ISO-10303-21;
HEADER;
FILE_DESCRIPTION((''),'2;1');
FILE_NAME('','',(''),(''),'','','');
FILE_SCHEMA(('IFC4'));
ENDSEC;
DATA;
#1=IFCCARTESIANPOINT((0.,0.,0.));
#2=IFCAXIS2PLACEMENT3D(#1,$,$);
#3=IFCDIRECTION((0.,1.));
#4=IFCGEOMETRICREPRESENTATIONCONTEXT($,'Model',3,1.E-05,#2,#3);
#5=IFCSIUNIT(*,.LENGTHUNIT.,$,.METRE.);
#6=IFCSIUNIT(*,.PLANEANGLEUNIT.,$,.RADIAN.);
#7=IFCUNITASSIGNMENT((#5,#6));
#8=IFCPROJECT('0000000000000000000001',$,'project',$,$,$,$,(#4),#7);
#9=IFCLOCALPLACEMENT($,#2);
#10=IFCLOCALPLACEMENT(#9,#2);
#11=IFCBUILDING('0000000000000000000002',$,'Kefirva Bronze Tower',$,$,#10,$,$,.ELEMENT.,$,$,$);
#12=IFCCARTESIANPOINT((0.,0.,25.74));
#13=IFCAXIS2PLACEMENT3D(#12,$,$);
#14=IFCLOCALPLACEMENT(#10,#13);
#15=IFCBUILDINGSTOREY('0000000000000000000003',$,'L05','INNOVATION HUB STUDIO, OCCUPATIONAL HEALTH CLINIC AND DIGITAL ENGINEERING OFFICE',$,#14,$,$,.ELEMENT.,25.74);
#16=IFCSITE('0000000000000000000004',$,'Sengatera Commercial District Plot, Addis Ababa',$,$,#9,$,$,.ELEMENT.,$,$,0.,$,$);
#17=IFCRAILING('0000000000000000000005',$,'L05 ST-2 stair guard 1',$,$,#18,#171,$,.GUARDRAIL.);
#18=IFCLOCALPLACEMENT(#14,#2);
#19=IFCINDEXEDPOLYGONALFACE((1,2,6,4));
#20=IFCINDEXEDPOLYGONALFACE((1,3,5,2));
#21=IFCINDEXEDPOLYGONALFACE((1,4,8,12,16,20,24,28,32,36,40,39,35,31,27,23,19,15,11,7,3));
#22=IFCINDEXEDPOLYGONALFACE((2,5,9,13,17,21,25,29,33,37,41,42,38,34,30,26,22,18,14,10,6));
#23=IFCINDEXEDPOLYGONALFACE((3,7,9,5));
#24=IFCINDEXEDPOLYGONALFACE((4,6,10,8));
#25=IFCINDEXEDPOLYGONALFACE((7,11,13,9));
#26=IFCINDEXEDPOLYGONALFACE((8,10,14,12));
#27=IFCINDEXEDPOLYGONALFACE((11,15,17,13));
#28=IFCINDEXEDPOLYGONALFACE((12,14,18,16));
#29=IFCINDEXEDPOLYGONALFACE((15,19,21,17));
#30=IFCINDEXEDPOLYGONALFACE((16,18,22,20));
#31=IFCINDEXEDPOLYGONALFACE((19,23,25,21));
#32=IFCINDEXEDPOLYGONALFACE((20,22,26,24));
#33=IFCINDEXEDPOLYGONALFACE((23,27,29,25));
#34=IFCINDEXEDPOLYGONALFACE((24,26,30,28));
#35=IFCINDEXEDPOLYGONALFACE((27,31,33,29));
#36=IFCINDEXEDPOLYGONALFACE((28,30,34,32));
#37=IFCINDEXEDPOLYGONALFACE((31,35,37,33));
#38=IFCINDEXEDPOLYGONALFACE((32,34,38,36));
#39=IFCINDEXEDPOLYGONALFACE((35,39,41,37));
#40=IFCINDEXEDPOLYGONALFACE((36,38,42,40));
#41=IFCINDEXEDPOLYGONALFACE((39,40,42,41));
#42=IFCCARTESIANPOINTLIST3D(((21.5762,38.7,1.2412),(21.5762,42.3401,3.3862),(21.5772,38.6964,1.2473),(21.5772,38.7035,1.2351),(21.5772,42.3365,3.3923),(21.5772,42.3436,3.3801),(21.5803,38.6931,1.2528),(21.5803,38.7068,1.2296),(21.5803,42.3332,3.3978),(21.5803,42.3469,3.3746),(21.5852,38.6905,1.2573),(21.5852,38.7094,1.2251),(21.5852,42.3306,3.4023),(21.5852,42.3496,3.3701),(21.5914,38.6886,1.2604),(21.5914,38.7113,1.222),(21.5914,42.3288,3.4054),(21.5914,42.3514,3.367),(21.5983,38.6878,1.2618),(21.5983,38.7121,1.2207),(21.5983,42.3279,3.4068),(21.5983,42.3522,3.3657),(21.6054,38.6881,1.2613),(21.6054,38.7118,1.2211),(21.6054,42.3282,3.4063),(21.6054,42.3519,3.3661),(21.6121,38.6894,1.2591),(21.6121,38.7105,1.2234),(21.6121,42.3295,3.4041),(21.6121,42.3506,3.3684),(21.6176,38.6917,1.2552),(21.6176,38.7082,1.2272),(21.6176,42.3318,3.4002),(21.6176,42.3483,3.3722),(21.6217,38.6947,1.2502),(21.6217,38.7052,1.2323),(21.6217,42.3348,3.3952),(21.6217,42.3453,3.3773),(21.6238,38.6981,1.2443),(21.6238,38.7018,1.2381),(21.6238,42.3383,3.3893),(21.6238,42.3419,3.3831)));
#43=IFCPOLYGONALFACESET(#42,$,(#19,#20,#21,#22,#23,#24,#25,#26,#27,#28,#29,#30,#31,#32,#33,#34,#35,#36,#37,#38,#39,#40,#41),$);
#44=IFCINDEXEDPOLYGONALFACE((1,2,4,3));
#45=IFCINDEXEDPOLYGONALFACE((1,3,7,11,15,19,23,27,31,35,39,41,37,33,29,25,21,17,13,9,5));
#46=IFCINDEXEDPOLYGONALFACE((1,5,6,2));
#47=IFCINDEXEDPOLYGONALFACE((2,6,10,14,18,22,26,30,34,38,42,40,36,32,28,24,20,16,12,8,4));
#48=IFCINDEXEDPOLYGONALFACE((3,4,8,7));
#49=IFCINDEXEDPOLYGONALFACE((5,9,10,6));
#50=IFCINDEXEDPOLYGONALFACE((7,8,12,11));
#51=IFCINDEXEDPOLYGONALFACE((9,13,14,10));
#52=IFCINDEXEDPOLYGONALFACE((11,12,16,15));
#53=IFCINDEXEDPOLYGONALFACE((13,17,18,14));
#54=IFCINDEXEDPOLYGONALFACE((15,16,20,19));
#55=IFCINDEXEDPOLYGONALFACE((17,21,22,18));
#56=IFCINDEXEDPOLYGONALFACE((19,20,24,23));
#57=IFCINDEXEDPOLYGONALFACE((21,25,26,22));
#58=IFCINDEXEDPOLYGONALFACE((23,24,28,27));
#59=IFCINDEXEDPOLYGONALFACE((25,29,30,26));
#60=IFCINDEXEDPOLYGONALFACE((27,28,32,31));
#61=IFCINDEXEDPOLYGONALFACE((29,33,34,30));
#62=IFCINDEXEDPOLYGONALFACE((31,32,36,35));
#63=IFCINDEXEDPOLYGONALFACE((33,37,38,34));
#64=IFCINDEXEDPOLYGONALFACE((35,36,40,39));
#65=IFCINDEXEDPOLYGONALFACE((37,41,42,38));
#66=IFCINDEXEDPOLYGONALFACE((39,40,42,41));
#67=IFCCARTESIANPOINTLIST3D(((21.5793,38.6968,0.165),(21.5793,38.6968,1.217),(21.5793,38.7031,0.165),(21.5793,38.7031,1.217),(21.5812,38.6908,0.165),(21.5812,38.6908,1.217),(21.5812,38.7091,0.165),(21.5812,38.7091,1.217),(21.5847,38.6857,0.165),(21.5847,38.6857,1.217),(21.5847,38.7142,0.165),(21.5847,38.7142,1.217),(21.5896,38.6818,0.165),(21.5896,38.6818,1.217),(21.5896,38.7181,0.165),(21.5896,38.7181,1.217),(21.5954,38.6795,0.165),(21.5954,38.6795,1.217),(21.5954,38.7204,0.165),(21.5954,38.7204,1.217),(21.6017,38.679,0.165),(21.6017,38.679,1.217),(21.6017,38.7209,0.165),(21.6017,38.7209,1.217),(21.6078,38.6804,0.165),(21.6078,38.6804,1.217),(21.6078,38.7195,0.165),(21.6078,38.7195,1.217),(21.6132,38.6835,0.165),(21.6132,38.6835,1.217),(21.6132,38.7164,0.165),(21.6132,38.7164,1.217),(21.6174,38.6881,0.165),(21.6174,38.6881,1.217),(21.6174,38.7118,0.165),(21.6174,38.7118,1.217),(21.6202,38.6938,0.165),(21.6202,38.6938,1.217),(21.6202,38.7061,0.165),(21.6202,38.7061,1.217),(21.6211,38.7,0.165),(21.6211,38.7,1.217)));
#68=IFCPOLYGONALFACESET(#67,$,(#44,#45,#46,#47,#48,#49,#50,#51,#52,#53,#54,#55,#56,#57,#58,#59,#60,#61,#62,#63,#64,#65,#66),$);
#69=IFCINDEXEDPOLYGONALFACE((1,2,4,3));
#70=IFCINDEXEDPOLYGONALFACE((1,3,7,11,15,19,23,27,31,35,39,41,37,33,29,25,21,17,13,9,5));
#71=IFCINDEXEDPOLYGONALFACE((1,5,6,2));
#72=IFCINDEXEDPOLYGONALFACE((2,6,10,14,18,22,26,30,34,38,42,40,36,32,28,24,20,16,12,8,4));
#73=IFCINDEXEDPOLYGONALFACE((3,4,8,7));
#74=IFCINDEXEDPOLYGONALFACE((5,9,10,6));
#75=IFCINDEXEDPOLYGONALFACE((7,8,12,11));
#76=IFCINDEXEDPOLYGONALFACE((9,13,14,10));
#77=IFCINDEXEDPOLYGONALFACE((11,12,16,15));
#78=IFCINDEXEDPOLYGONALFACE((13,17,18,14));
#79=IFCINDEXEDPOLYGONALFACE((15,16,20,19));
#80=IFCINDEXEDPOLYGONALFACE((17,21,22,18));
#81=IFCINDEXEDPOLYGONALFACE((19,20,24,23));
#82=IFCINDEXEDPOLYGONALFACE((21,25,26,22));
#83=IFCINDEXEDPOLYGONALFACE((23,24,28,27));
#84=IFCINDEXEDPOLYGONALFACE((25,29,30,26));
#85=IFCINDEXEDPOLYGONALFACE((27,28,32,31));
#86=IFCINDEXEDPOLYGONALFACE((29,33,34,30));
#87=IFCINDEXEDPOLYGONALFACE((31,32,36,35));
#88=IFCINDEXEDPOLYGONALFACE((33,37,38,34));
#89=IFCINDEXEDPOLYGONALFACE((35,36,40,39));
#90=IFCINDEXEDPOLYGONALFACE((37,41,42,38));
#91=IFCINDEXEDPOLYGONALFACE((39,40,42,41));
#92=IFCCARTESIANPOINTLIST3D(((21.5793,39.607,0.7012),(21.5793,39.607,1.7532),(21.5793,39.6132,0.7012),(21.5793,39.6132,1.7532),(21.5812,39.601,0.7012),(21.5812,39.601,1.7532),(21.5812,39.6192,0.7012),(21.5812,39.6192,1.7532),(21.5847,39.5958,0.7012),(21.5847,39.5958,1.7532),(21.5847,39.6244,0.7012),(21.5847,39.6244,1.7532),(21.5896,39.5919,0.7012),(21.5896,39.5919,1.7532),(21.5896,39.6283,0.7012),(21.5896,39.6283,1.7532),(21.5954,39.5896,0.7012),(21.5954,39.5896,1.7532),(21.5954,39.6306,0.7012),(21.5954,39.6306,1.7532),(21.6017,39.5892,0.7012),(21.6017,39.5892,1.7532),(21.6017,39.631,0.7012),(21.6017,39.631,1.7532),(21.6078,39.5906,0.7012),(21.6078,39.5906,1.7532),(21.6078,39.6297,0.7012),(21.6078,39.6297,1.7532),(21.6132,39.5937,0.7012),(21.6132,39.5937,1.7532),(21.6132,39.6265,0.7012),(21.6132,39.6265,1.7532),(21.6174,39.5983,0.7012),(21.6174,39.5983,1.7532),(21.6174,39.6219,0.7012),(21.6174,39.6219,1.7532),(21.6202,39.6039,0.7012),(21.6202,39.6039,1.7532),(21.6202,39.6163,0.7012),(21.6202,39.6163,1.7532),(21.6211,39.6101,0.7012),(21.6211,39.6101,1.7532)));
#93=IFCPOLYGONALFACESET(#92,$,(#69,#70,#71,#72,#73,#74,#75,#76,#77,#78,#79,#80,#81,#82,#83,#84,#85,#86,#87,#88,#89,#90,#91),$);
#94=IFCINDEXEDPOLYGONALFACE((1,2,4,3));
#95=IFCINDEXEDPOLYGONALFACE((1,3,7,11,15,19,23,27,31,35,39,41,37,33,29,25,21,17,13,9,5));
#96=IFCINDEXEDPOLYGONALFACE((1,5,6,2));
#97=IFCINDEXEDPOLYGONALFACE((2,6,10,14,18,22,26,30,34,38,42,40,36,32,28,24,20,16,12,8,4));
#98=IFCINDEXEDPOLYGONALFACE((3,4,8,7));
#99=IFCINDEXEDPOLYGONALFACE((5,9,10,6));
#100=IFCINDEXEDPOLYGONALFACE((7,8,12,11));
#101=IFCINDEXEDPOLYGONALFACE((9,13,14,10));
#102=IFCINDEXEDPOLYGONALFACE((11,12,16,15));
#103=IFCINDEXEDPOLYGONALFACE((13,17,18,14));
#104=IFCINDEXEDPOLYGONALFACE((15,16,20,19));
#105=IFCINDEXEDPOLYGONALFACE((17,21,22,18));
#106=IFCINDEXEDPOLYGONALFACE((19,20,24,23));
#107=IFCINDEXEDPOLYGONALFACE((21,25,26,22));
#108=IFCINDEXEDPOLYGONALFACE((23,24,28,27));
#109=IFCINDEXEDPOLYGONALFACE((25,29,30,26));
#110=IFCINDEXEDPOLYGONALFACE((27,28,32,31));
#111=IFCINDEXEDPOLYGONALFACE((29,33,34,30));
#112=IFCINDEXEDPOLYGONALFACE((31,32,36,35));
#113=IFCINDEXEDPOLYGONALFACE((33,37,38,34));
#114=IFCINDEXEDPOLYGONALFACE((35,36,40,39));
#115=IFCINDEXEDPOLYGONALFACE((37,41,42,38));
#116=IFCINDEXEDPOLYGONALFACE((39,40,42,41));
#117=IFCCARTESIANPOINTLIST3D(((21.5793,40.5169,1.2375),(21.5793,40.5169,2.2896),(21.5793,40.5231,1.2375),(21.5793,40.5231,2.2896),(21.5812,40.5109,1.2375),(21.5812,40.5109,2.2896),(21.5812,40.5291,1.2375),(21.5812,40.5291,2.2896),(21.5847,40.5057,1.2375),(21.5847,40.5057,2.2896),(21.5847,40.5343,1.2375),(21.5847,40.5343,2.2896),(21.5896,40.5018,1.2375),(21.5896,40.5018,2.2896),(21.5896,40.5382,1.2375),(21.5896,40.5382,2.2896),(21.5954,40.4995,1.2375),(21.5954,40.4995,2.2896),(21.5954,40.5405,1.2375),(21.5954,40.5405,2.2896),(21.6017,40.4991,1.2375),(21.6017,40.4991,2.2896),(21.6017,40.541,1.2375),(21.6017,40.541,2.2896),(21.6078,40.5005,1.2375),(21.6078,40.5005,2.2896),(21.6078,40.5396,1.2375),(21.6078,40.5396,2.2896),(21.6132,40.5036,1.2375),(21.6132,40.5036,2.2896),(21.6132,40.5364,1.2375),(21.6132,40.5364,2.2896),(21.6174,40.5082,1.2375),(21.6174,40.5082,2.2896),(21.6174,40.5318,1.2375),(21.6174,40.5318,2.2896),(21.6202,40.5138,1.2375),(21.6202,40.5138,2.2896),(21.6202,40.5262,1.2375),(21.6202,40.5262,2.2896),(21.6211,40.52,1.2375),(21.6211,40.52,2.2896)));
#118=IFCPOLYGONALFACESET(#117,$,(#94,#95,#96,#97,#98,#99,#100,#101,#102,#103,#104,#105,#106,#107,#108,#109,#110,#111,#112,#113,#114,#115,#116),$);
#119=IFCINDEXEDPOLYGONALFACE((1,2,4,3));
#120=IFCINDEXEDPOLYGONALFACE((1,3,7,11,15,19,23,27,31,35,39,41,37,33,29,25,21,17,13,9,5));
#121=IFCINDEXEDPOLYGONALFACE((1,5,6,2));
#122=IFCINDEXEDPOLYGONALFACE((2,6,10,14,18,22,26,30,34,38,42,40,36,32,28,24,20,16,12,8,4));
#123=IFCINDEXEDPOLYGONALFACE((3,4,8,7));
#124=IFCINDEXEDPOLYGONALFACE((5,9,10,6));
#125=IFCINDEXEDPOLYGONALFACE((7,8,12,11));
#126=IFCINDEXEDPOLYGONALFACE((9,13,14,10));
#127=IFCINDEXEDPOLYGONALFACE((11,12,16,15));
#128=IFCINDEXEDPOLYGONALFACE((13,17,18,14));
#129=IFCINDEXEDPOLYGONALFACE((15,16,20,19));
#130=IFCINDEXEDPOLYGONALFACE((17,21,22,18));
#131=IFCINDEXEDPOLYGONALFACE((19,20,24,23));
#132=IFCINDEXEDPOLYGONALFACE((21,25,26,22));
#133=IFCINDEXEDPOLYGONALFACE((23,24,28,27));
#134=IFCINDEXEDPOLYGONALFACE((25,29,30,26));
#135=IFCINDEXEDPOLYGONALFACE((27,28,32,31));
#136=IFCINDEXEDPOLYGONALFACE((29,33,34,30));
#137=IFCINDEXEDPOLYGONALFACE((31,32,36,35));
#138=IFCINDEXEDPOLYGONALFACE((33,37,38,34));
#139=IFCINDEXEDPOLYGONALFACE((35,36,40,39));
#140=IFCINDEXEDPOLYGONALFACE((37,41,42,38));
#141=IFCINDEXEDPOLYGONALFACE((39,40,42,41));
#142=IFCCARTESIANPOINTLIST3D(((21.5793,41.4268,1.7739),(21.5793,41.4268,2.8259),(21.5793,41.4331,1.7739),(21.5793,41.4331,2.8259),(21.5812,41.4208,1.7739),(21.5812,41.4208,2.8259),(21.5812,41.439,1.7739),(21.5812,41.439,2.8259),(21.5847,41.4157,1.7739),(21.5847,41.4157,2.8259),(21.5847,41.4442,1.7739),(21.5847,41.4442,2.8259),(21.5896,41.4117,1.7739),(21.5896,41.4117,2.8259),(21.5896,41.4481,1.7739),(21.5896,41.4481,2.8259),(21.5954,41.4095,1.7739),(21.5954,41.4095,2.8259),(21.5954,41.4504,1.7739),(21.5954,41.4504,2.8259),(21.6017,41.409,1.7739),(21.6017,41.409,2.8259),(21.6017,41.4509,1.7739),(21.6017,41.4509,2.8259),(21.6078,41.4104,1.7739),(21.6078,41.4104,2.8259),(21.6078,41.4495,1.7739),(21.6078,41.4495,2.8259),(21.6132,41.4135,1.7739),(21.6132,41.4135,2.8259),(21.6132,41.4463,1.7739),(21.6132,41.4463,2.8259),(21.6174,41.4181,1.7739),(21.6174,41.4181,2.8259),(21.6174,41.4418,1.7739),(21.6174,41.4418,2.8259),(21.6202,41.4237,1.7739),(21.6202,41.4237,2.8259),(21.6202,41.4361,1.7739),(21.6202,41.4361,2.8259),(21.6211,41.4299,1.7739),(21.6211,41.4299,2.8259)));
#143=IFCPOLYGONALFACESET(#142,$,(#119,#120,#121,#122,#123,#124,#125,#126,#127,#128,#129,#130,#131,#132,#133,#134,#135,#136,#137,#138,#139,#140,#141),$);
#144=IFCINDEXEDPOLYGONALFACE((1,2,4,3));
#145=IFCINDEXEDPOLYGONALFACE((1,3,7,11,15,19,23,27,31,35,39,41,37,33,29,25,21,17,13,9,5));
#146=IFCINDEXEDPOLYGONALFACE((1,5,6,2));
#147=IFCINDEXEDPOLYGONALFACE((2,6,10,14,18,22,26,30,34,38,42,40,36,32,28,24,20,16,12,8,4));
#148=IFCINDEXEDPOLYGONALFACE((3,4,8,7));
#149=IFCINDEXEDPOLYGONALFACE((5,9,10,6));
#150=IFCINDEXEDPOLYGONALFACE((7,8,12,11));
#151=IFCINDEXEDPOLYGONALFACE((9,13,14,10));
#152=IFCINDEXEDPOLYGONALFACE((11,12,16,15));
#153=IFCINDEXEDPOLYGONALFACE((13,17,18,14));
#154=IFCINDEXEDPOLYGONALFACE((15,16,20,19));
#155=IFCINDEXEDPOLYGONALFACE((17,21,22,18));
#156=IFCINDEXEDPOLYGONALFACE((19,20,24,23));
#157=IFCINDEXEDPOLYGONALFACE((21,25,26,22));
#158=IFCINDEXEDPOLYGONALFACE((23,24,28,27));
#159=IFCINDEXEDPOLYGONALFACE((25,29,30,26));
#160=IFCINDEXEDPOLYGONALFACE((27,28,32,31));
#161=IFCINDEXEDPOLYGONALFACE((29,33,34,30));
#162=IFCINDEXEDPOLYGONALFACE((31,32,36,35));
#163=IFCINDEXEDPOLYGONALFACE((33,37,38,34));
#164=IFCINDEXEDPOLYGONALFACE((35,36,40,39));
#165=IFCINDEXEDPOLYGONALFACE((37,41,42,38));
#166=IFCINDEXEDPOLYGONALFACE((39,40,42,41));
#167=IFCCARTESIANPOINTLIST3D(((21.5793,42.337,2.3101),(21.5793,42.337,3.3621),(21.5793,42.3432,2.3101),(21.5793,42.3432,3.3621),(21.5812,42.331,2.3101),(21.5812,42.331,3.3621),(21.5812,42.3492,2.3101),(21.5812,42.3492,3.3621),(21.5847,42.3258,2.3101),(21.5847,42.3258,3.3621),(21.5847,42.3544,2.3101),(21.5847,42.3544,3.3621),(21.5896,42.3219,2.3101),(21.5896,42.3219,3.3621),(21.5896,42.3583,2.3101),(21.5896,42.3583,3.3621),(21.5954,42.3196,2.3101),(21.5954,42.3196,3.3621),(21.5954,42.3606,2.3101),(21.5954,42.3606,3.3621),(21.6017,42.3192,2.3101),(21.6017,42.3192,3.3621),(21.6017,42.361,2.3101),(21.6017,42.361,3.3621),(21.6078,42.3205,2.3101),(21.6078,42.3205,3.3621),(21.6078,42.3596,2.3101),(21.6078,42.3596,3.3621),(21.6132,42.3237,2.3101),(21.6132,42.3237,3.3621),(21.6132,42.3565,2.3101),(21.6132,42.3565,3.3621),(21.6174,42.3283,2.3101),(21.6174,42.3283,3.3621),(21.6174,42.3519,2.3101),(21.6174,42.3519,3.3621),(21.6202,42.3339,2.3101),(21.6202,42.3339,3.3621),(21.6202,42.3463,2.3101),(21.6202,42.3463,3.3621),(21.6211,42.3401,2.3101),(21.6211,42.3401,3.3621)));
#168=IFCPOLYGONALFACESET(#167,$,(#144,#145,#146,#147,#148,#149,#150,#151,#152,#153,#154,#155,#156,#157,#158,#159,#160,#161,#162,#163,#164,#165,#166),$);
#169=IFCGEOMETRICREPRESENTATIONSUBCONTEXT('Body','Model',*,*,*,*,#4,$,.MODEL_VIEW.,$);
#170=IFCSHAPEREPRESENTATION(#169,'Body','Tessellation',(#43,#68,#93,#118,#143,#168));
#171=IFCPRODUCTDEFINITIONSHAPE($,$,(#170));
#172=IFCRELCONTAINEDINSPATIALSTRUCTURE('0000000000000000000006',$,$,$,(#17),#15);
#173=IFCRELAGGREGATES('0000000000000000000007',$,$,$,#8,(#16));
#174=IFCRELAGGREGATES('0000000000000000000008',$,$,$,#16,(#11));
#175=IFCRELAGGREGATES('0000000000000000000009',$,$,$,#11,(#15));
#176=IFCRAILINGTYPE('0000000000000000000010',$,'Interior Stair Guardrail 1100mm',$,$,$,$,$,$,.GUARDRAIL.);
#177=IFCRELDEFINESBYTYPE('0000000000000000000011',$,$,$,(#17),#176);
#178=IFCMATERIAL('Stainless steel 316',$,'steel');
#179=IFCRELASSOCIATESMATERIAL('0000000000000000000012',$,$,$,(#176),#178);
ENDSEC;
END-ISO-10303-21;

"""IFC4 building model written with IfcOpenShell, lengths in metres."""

from ifc_helpers import new_model, si_unit, direction, frame, origin, origin_2d, place, context, subcontext, project, spatial, circle, extrude, material, type_object, element, save


model = new_model("IFC4")

# Units and contexts
model_context = context("Model", 3, precision=1e-05, world=origin(), true_north=direction((0.0, 1.0)))
body_context = subcontext(model_context, "Body", "Model", "MODEL_VIEW")
ifc_project = project(units=[si_unit("LENGTHUNIT", "METRE"), si_unit("PLANEANGLEUNIT", "RADIAN")], contexts=[model_context])

# Site, building, storey
site_placement = place(None, origin())
site = spatial("IfcSite", under=ifc_project, at=site_placement, Name="Sengatera Commercial District Plot, Addis Ababa", CompositionType="ELEMENT", RefElevation=0.0)
building_placement = place(site_placement, origin())
building = spatial("IfcBuilding", under=site, at=building_placement, Name="Kefirva Bronze Tower", CompositionType="ELEMENT")
storey_placement = place(building_placement, frame((0.0, 0.0, 25.74)))
storey = spatial("IfcBuildingStorey", under=building, at=storey_placement, Name="L05", Description="INNOVATION HUB STUDIO, OCCUPATIONAL HEALTH CLINIC AND DIGITAL ENGINEERING OFFICE", CompositionType="ELEMENT", Elevation=25.74)

# Railing
ifc_material_1 = material(Name="Stainless steel 316", Category="steel")
railing_type = type_object("IfcRailingType", Name="Interior Stair Guardrail 1100mm", PredefinedType="GUARDRAIL", material=ifc_material_1)
railing_1_placement = place(storey_placement, frame((21.6001, 38.7, 0.165)))
element("IfcRailing", 1, at=railing_1_placement, inside=storey, type_object=railing_type, Name="L05 ST-2 stair guard 1", PredefinedType="GUARDRAIL", context=body_context, shape_type="SweptSolid", body=[
    extrude(circle(Radius=0.0239, at=origin_2d()), frame((0.0, 0.0, 1.0762), z_axis=(0.0, 0.861545, 0.507682), x_axis=(-1.0, 0.0, 0.0)), (0.0, 0.0, 1.0), 4.2251),
    extrude(circle(Radius=0.021, at=origin_2d()), origin(), (0.0, 0.0, 1.0), 1.052),
    extrude(circle(Radius=0.021, at=origin_2d()), frame((0.0, 0.9102, 0.5361)), (0.0, 0.0, 1.0), 1.052),
    extrude(circle(Radius=0.021, at=origin_2d()), frame((0.0, 1.8201, 1.0725)), (0.0, 0.0, 1.0), 1.052),
    extrude(circle(Radius=0.021, at=origin_2d()), frame((0.0, 2.73, 1.6089)), (0.0, 0.0, 1.0), 1.052),
    extrude(circle(Radius=0.021, at=origin_2d()), frame((0.0, 3.6401, 2.145)), (0.0, 0.0, 1.0), 1.052),
])

save(model, "model.ifc")
